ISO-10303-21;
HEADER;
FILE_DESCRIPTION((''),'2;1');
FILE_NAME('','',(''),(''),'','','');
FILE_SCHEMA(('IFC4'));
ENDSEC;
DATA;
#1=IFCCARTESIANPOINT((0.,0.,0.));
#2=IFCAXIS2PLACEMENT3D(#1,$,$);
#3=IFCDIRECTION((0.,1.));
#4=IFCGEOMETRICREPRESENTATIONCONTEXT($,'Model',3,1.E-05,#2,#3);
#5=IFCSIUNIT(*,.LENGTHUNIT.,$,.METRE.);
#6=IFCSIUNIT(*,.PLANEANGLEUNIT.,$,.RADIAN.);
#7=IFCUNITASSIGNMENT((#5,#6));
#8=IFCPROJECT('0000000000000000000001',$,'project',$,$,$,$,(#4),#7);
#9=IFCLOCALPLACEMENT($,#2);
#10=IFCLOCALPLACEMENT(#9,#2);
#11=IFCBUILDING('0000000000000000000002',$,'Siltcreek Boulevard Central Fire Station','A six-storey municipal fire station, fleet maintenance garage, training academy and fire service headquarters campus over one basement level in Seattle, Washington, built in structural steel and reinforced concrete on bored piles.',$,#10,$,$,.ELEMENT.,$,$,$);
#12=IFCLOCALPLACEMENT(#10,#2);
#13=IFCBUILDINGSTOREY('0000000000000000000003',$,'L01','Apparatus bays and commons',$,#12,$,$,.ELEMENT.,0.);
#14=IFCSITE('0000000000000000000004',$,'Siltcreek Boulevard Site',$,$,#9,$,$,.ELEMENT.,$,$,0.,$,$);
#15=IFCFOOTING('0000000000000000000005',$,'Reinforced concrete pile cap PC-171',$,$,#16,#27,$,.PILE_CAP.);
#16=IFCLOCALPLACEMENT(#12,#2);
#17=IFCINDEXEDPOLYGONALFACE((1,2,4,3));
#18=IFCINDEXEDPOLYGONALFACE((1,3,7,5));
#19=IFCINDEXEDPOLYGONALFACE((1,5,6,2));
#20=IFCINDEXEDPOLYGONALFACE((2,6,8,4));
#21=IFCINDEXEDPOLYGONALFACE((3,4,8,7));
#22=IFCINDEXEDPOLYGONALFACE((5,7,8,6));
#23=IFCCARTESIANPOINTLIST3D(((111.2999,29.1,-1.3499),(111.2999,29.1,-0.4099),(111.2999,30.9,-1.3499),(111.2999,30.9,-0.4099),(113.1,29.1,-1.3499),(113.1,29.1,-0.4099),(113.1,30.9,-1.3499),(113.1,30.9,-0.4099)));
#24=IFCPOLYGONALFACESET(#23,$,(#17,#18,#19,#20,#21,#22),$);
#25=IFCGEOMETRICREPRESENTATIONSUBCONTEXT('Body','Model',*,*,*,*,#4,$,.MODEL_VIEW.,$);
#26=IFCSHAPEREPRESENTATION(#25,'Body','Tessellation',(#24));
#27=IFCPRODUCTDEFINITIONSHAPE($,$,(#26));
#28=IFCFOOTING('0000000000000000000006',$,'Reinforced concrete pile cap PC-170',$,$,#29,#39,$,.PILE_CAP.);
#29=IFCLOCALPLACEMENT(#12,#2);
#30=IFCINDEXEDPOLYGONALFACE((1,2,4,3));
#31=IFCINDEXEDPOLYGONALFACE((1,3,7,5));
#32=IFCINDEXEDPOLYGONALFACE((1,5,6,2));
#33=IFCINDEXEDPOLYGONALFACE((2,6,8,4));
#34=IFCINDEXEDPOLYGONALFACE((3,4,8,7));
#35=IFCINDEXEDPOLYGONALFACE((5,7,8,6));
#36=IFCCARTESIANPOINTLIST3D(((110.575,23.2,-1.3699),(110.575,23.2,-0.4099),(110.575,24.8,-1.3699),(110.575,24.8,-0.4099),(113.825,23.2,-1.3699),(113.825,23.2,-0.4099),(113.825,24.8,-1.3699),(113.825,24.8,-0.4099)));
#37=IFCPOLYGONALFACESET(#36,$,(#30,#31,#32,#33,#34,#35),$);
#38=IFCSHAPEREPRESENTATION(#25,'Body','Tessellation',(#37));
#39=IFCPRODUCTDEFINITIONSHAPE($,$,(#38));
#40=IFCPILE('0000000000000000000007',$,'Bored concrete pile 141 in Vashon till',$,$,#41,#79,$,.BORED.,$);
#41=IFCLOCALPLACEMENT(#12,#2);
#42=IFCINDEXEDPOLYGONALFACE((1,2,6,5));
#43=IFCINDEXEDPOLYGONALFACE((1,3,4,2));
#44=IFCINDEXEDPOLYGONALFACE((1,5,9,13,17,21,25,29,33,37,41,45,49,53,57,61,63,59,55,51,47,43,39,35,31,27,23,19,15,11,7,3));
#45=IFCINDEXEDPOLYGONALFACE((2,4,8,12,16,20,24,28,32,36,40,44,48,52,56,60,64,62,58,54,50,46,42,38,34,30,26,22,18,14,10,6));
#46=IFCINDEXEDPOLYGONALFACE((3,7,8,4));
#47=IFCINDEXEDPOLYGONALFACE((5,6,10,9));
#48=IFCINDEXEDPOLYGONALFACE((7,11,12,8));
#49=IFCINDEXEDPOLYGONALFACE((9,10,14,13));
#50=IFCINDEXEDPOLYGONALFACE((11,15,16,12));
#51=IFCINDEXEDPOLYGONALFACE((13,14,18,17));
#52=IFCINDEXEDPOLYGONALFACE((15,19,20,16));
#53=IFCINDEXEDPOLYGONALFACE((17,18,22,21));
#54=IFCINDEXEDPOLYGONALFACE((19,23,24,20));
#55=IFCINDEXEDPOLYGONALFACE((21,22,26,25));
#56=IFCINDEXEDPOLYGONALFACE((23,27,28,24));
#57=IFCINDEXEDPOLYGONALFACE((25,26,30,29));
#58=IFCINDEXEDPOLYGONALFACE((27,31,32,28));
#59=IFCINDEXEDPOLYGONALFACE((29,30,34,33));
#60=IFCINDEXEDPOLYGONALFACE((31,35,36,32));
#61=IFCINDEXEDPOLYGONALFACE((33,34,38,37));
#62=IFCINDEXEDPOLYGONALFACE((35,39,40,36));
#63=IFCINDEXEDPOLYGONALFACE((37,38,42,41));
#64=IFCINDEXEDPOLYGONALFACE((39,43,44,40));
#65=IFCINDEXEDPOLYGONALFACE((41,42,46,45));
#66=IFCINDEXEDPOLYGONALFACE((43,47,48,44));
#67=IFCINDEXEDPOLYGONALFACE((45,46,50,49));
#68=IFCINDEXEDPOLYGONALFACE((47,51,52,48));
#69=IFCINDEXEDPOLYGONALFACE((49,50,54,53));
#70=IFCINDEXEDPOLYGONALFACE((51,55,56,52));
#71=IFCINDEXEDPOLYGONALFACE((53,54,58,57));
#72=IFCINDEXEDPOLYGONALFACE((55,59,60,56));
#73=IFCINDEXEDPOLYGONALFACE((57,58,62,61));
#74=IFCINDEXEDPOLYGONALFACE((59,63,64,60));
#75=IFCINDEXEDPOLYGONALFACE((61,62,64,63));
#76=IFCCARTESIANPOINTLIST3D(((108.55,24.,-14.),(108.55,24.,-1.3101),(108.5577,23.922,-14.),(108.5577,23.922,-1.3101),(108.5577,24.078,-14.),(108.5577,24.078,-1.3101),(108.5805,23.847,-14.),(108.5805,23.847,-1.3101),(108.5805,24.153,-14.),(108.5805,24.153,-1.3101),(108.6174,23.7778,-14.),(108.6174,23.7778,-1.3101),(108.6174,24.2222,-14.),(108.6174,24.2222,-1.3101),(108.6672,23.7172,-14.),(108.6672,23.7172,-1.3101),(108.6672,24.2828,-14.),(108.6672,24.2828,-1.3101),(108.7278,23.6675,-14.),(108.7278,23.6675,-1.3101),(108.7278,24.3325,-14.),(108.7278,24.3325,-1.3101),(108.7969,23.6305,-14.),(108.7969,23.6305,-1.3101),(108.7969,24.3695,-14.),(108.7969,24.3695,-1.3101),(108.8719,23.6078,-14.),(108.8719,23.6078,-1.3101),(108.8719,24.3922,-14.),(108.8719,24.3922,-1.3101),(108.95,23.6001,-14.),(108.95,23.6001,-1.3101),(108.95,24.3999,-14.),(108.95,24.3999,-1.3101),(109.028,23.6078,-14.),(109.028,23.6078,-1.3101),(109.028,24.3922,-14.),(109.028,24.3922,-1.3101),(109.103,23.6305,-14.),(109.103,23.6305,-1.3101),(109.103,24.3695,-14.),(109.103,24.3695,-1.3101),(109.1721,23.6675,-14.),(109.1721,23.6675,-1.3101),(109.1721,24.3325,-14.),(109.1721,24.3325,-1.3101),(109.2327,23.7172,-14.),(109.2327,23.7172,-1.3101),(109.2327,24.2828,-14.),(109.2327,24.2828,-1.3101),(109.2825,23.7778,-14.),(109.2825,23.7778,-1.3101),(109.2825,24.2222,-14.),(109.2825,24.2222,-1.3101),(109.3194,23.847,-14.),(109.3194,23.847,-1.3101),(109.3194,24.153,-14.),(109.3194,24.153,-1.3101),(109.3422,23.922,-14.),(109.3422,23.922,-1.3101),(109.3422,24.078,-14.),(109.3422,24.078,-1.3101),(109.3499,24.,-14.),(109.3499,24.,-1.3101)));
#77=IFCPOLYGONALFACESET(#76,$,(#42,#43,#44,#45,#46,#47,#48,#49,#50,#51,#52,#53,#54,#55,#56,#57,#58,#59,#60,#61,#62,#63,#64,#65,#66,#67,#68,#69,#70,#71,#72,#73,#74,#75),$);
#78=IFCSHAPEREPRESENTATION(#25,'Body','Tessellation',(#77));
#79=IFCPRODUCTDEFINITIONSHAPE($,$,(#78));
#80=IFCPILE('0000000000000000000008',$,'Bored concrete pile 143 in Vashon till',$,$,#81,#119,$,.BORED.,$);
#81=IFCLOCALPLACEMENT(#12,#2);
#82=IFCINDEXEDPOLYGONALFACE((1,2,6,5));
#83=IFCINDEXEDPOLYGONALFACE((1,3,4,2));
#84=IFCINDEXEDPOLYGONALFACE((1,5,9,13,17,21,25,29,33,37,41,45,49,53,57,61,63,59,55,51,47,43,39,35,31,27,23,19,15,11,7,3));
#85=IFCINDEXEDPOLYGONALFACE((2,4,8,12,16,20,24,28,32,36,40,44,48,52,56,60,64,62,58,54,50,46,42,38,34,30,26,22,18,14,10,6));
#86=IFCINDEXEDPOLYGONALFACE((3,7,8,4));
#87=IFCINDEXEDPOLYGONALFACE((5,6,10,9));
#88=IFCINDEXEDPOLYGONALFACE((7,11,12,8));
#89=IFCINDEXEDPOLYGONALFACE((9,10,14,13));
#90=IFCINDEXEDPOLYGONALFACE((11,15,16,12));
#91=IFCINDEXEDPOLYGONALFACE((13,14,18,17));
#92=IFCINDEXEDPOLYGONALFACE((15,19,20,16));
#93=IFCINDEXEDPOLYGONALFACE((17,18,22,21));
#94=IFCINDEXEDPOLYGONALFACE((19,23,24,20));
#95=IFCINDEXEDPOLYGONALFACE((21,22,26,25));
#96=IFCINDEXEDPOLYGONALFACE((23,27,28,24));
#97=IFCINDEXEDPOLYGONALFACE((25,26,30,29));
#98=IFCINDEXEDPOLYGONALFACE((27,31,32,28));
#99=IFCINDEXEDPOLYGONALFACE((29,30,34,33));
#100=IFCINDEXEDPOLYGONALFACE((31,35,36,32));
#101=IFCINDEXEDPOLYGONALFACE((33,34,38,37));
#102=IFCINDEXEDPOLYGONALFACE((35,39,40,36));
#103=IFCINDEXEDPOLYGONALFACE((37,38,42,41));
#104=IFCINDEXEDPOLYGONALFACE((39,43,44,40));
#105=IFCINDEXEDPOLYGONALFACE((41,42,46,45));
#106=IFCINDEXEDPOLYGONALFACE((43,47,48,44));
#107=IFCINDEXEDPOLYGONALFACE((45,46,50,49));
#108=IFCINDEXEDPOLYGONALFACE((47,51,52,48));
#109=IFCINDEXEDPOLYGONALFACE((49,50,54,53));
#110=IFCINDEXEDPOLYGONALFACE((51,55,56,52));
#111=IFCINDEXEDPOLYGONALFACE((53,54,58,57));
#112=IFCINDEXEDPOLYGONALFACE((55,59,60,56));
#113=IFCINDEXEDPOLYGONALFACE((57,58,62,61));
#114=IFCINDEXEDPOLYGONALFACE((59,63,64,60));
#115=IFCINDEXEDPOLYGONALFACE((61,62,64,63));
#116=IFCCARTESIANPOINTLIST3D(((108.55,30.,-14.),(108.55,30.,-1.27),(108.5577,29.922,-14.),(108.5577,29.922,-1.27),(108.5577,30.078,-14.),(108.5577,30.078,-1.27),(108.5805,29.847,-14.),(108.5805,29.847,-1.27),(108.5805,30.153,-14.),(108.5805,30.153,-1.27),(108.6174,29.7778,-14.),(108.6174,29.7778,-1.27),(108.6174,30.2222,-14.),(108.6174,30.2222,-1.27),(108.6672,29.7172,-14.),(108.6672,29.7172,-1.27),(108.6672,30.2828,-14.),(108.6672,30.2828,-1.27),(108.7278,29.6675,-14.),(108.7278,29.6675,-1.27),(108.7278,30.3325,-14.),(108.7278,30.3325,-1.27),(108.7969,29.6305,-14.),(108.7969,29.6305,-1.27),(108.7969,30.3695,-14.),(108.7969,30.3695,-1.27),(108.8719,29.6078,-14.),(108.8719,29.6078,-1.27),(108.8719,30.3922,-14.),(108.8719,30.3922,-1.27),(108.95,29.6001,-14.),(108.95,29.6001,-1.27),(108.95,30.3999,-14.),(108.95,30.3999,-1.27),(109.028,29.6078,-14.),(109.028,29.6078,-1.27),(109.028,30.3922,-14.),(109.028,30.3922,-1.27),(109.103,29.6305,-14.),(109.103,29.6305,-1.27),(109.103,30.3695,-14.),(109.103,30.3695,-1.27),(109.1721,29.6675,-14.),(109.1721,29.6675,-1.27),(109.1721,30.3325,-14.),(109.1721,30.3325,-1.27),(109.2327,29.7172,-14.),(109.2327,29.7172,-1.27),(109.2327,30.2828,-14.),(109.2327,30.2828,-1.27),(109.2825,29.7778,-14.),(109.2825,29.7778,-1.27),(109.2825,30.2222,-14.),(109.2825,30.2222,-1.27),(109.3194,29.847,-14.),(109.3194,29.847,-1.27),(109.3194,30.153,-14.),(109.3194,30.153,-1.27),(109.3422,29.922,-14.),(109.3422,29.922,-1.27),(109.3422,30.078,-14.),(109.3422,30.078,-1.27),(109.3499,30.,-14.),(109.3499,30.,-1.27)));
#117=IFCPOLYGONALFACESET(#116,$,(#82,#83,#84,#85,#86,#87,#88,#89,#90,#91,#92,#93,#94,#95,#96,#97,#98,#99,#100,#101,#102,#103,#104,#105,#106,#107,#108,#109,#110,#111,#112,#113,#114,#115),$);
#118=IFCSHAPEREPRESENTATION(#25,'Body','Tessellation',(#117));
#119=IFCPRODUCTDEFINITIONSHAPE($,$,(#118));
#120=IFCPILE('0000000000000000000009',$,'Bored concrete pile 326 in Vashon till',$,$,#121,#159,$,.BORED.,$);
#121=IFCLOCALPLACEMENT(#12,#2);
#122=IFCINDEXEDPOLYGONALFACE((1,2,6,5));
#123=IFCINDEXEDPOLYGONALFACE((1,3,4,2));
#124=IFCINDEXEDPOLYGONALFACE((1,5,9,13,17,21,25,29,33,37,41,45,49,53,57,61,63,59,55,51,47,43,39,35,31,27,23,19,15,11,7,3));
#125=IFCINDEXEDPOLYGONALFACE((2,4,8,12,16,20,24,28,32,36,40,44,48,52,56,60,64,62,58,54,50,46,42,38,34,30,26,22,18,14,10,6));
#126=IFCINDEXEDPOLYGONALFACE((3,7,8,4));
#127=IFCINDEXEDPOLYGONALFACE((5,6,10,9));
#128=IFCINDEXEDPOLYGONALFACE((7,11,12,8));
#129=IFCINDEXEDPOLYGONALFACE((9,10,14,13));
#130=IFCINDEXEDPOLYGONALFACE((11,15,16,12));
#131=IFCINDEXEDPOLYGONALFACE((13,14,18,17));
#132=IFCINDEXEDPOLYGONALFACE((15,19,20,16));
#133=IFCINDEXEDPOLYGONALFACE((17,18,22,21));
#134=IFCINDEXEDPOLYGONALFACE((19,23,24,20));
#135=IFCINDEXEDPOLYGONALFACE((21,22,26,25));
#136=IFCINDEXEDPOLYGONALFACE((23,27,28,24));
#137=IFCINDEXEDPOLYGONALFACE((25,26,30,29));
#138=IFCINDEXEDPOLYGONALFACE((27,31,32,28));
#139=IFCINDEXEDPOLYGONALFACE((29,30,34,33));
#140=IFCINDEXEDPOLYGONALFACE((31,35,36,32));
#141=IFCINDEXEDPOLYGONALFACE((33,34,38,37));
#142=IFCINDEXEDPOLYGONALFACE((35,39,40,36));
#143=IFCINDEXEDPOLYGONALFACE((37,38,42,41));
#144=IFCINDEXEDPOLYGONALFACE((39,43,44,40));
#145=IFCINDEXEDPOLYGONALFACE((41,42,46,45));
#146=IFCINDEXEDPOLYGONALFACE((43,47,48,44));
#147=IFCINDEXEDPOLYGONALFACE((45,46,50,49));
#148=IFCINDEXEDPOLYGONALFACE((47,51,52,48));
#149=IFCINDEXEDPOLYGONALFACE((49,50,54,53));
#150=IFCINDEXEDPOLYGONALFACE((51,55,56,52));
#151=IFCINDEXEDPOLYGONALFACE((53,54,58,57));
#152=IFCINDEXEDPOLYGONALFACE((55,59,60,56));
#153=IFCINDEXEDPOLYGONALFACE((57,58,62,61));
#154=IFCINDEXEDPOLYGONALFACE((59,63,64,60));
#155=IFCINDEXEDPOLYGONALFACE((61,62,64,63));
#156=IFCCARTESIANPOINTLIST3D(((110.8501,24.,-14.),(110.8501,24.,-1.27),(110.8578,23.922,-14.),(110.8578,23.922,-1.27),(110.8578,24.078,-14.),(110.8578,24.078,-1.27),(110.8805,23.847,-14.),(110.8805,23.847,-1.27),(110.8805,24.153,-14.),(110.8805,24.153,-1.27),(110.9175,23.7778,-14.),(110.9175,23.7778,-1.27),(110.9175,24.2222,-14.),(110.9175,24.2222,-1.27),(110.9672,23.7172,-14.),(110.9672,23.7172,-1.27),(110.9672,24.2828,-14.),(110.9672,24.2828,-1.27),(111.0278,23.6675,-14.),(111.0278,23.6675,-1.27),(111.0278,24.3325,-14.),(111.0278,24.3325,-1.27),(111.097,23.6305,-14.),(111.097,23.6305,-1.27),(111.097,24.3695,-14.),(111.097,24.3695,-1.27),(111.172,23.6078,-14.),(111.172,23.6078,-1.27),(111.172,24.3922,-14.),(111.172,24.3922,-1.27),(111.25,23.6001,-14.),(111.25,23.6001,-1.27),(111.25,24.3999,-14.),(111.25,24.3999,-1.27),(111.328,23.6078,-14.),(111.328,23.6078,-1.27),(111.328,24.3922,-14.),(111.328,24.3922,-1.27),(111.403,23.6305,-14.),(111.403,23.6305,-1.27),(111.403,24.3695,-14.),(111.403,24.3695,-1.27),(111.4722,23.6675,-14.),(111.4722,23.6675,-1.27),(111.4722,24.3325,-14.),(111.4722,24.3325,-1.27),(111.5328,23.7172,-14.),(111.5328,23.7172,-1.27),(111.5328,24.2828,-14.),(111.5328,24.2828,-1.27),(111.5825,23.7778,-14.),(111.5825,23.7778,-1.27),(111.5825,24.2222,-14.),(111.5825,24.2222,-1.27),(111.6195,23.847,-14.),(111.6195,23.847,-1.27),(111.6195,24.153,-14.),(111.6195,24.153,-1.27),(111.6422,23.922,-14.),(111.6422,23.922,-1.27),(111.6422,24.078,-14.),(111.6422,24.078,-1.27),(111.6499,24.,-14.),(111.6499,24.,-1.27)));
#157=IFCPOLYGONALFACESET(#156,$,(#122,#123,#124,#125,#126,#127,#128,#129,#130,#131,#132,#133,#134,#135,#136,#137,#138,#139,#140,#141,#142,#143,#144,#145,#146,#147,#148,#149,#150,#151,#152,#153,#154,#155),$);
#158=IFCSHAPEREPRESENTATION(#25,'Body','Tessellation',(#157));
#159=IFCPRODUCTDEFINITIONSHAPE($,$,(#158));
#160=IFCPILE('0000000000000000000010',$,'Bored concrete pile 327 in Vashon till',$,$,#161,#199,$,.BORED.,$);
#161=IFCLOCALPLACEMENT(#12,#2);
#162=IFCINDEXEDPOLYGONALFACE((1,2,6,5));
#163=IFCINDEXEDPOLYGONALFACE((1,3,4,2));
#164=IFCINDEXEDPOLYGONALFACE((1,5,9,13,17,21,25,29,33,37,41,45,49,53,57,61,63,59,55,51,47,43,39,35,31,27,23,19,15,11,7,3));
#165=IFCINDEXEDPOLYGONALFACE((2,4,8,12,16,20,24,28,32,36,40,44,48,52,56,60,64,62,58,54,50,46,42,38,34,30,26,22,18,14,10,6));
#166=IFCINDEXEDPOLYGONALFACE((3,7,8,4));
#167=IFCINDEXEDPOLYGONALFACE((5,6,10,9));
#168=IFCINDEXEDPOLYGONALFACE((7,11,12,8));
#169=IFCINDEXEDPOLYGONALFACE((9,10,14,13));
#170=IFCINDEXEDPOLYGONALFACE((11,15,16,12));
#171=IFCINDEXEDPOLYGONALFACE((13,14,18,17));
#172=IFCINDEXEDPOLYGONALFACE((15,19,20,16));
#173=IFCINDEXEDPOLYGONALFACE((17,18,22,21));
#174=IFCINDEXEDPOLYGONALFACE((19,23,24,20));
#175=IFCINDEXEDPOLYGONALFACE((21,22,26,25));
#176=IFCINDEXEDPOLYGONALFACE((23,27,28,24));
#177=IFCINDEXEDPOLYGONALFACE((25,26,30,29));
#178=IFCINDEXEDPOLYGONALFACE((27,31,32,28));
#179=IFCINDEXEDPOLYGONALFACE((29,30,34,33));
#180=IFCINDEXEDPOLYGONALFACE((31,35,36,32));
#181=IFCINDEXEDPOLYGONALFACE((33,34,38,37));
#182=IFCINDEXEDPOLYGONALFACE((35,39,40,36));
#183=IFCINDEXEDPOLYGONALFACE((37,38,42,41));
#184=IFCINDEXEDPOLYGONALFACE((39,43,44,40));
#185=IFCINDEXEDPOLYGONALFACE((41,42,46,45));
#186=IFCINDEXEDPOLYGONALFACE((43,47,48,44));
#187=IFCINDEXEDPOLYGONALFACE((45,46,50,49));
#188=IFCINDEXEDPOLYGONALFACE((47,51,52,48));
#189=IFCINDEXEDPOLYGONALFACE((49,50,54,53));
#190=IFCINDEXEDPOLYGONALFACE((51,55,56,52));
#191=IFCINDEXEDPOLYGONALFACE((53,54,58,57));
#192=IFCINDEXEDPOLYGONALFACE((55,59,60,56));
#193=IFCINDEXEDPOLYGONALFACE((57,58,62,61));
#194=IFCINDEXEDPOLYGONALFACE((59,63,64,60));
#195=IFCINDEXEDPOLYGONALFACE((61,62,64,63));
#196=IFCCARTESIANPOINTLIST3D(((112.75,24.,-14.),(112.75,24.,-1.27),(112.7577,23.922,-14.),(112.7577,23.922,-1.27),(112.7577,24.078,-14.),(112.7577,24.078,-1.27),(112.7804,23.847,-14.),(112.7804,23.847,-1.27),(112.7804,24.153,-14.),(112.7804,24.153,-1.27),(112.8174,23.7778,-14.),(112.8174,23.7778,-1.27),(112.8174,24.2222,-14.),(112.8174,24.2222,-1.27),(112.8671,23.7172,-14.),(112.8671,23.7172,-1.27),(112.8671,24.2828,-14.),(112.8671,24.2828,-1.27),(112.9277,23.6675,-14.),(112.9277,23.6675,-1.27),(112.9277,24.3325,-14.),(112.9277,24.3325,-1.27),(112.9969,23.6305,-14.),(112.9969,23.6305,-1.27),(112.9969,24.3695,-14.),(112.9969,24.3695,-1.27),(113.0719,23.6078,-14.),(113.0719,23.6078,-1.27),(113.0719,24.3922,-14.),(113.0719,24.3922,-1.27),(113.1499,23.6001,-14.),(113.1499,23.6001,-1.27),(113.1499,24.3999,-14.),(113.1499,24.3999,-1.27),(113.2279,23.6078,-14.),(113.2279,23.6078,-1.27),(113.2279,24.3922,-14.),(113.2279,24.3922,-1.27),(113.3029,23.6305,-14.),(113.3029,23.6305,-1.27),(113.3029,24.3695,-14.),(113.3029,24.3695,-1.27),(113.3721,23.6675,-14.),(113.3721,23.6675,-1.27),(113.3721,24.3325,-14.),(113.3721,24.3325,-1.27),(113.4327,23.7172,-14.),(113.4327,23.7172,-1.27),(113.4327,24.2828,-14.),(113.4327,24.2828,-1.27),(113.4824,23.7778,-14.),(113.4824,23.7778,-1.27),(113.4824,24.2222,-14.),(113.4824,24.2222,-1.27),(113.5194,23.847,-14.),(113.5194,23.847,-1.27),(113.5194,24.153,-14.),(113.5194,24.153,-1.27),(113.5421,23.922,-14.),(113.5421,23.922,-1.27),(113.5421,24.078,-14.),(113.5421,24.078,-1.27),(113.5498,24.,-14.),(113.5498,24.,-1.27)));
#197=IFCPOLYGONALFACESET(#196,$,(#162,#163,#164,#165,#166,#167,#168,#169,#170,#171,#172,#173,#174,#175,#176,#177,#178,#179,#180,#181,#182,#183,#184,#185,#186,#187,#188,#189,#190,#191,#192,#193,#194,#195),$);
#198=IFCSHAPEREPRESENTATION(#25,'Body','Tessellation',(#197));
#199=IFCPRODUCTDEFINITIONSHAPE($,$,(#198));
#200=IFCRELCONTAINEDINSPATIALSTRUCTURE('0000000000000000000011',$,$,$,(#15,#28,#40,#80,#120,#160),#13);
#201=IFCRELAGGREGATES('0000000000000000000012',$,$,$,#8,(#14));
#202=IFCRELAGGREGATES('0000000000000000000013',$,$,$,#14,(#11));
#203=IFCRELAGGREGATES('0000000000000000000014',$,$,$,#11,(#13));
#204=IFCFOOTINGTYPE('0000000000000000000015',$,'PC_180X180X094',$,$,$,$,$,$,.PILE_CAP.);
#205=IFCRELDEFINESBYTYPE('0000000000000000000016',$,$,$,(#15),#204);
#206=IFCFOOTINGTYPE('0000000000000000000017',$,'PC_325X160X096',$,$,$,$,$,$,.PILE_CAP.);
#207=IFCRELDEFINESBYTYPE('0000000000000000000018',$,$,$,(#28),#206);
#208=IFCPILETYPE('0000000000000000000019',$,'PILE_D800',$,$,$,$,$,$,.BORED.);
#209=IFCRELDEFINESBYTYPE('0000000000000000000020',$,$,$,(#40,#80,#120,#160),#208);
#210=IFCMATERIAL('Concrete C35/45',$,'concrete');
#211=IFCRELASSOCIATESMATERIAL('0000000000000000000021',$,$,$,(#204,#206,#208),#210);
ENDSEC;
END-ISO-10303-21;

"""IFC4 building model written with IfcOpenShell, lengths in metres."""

from ifc_helpers import new_model, si_unit, direction, frame, origin, origin_2d, place, context, subcontext, project, spatial, rectangle, circle, extrude, material, material_profile, profile_set, type_object, element, save


model = new_model("IFC4")

# Units and contexts
model_context = context("Model", 3, precision=1e-05, world=origin(), true_north=direction((0.0, 1.0)))
body_context = subcontext(model_context, "Body", "Model", "MODEL_VIEW")
ifc_project = project(units=[si_unit("LENGTHUNIT", "METRE"), si_unit("PLANEANGLEUNIT", "RADIAN")], contexts=[model_context])

# Site, building, storey
site_placement = place(None, origin())
site = spatial("IfcSite", under=ifc_project, at=site_placement, Name="Siltcreek Boulevard Site", CompositionType="ELEMENT", RefElevation=0.0)
building_placement = place(site_placement, origin())
building = spatial("IfcBuilding", under=site, at=building_placement, Name="Siltcreek Boulevard Central Fire Station", Description="A six-storey municipal fire station, fleet maintenance garage, training academy and fire service headquarters campus over one basement level in Seattle, Washington, built in structural steel and reinforced concrete on bored piles.", CompositionType="ELEMENT")
storey_placement = place(building_placement, origin())
storey = spatial("IfcBuildingStorey", under=building, at=storey_placement, Name="L01", Description="Apparatus bays and commons", CompositionType="ELEMENT", Elevation=0.0)

# Footings
ifc_material_1 = material(Name="Concrete C35/45", Category="concrete")
footing_type_1 = type_object("IfcFootingType", Name="PC_180X180X094", PredefinedType="PILE_CAP", material=ifc_material_1)
footing_1_placement = place(storey_placement, frame((112.2, 30.0, -1.3499), z_axis=(0.0, 0.0, 1.0), x_axis=(1.0, 0.0, 0.0)))
element("IfcFooting", 1, at=footing_1_placement, inside=storey, type_object=footing_type_1, Name="Reinforced concrete pile cap PC-171", PredefinedType="PILE_CAP", context=body_context, shape_type="SweptSolid", body=[
    extrude(rectangle(XDim=1.8, YDim=1.8, at=origin_2d()), origin(), (0.0, 0.0, 1.0), 0.9399),
])
footing_type_2 = type_object("IfcFootingType", Name="PC_325X160X096", PredefinedType="PILE_CAP", material=ifc_material_1)
footing_2_placement = place(storey_placement, frame((112.2, 24.0, -1.3699), z_axis=(0.0, 0.0, 1.0), x_axis=(1.0, 0.0, 0.0)))
element("IfcFooting", 2, at=footing_2_placement, inside=storey, type_object=footing_type_2, Name="Reinforced concrete pile cap PC-170", PredefinedType="PILE_CAP", context=body_context, shape_type="SweptSolid", body=[
    extrude(rectangle(XDim=3.25, YDim=1.6001, at=origin_2d()), origin(), (0.0, 0.0, 1.0), 0.96),
])

# Piles
ifc_material_profile_1 = material_profile(ifc_material_1, circle(Radius=0.3999, at=origin_2d()), Name="SHAFT800")
ifc_profile_set_1 = profile_set([ifc_material_profile_1], Name="Concrete C35/45")
pile_type_1 = type_object("IfcPileType", Name="PILE_D800", PredefinedType="BORED", material=ifc_profile_set_1)
pile_1_placement = place(storey_placement, frame((108.95, 24.0, -1.3101), z_axis=(0.0, 0.0, -1.0), x_axis=(1.0, 0.0, 0.0)))
element("IfcPile", 3, at=pile_1_placement, inside=storey, type_object=pile_type_1, Name="Bored concrete pile 141 in Vashon till", PredefinedType="BORED", context=body_context, shape_type="SweptSolid", body=[
    extrude(circle(Radius=0.3999, at=origin_2d()), origin(), (0.0, 0.0, 1.0), 12.6899),
])
for number, where, z_axis, x_axis, name in (
    (4, (108.95, 30.0, -1.27), (0.0, 0.0, -1.0), (1.0, 0.0, 0.0), "Bored concrete pile 143 in Vashon till"),
    (5, (111.25, 24.0, -1.27), (0.0, 0.0, -1.0), (1.0, 0.0, 0.0), "Bored concrete pile 326 in Vashon till"),
    (6, (113.1499, 24.0, -1.27), (0.0, 0.0, -1.0), (1.0, 0.0, 0.0), "Bored concrete pile 327 in Vashon till"),
):
    element("IfcPile", number, at=place(storey_placement, frame(where, z_axis=z_axis, x_axis=x_axis)), inside=storey, type_object=pile_type_1, Name=name, PredefinedType="BORED", context=body_context, shape_type="SweptSolid", body=[
        extrude(circle(Radius=0.3999, at=origin_2d()), origin(), (0.0, 0.0, 1.0), 12.73),
    ])

save(model, "model.ifc")
